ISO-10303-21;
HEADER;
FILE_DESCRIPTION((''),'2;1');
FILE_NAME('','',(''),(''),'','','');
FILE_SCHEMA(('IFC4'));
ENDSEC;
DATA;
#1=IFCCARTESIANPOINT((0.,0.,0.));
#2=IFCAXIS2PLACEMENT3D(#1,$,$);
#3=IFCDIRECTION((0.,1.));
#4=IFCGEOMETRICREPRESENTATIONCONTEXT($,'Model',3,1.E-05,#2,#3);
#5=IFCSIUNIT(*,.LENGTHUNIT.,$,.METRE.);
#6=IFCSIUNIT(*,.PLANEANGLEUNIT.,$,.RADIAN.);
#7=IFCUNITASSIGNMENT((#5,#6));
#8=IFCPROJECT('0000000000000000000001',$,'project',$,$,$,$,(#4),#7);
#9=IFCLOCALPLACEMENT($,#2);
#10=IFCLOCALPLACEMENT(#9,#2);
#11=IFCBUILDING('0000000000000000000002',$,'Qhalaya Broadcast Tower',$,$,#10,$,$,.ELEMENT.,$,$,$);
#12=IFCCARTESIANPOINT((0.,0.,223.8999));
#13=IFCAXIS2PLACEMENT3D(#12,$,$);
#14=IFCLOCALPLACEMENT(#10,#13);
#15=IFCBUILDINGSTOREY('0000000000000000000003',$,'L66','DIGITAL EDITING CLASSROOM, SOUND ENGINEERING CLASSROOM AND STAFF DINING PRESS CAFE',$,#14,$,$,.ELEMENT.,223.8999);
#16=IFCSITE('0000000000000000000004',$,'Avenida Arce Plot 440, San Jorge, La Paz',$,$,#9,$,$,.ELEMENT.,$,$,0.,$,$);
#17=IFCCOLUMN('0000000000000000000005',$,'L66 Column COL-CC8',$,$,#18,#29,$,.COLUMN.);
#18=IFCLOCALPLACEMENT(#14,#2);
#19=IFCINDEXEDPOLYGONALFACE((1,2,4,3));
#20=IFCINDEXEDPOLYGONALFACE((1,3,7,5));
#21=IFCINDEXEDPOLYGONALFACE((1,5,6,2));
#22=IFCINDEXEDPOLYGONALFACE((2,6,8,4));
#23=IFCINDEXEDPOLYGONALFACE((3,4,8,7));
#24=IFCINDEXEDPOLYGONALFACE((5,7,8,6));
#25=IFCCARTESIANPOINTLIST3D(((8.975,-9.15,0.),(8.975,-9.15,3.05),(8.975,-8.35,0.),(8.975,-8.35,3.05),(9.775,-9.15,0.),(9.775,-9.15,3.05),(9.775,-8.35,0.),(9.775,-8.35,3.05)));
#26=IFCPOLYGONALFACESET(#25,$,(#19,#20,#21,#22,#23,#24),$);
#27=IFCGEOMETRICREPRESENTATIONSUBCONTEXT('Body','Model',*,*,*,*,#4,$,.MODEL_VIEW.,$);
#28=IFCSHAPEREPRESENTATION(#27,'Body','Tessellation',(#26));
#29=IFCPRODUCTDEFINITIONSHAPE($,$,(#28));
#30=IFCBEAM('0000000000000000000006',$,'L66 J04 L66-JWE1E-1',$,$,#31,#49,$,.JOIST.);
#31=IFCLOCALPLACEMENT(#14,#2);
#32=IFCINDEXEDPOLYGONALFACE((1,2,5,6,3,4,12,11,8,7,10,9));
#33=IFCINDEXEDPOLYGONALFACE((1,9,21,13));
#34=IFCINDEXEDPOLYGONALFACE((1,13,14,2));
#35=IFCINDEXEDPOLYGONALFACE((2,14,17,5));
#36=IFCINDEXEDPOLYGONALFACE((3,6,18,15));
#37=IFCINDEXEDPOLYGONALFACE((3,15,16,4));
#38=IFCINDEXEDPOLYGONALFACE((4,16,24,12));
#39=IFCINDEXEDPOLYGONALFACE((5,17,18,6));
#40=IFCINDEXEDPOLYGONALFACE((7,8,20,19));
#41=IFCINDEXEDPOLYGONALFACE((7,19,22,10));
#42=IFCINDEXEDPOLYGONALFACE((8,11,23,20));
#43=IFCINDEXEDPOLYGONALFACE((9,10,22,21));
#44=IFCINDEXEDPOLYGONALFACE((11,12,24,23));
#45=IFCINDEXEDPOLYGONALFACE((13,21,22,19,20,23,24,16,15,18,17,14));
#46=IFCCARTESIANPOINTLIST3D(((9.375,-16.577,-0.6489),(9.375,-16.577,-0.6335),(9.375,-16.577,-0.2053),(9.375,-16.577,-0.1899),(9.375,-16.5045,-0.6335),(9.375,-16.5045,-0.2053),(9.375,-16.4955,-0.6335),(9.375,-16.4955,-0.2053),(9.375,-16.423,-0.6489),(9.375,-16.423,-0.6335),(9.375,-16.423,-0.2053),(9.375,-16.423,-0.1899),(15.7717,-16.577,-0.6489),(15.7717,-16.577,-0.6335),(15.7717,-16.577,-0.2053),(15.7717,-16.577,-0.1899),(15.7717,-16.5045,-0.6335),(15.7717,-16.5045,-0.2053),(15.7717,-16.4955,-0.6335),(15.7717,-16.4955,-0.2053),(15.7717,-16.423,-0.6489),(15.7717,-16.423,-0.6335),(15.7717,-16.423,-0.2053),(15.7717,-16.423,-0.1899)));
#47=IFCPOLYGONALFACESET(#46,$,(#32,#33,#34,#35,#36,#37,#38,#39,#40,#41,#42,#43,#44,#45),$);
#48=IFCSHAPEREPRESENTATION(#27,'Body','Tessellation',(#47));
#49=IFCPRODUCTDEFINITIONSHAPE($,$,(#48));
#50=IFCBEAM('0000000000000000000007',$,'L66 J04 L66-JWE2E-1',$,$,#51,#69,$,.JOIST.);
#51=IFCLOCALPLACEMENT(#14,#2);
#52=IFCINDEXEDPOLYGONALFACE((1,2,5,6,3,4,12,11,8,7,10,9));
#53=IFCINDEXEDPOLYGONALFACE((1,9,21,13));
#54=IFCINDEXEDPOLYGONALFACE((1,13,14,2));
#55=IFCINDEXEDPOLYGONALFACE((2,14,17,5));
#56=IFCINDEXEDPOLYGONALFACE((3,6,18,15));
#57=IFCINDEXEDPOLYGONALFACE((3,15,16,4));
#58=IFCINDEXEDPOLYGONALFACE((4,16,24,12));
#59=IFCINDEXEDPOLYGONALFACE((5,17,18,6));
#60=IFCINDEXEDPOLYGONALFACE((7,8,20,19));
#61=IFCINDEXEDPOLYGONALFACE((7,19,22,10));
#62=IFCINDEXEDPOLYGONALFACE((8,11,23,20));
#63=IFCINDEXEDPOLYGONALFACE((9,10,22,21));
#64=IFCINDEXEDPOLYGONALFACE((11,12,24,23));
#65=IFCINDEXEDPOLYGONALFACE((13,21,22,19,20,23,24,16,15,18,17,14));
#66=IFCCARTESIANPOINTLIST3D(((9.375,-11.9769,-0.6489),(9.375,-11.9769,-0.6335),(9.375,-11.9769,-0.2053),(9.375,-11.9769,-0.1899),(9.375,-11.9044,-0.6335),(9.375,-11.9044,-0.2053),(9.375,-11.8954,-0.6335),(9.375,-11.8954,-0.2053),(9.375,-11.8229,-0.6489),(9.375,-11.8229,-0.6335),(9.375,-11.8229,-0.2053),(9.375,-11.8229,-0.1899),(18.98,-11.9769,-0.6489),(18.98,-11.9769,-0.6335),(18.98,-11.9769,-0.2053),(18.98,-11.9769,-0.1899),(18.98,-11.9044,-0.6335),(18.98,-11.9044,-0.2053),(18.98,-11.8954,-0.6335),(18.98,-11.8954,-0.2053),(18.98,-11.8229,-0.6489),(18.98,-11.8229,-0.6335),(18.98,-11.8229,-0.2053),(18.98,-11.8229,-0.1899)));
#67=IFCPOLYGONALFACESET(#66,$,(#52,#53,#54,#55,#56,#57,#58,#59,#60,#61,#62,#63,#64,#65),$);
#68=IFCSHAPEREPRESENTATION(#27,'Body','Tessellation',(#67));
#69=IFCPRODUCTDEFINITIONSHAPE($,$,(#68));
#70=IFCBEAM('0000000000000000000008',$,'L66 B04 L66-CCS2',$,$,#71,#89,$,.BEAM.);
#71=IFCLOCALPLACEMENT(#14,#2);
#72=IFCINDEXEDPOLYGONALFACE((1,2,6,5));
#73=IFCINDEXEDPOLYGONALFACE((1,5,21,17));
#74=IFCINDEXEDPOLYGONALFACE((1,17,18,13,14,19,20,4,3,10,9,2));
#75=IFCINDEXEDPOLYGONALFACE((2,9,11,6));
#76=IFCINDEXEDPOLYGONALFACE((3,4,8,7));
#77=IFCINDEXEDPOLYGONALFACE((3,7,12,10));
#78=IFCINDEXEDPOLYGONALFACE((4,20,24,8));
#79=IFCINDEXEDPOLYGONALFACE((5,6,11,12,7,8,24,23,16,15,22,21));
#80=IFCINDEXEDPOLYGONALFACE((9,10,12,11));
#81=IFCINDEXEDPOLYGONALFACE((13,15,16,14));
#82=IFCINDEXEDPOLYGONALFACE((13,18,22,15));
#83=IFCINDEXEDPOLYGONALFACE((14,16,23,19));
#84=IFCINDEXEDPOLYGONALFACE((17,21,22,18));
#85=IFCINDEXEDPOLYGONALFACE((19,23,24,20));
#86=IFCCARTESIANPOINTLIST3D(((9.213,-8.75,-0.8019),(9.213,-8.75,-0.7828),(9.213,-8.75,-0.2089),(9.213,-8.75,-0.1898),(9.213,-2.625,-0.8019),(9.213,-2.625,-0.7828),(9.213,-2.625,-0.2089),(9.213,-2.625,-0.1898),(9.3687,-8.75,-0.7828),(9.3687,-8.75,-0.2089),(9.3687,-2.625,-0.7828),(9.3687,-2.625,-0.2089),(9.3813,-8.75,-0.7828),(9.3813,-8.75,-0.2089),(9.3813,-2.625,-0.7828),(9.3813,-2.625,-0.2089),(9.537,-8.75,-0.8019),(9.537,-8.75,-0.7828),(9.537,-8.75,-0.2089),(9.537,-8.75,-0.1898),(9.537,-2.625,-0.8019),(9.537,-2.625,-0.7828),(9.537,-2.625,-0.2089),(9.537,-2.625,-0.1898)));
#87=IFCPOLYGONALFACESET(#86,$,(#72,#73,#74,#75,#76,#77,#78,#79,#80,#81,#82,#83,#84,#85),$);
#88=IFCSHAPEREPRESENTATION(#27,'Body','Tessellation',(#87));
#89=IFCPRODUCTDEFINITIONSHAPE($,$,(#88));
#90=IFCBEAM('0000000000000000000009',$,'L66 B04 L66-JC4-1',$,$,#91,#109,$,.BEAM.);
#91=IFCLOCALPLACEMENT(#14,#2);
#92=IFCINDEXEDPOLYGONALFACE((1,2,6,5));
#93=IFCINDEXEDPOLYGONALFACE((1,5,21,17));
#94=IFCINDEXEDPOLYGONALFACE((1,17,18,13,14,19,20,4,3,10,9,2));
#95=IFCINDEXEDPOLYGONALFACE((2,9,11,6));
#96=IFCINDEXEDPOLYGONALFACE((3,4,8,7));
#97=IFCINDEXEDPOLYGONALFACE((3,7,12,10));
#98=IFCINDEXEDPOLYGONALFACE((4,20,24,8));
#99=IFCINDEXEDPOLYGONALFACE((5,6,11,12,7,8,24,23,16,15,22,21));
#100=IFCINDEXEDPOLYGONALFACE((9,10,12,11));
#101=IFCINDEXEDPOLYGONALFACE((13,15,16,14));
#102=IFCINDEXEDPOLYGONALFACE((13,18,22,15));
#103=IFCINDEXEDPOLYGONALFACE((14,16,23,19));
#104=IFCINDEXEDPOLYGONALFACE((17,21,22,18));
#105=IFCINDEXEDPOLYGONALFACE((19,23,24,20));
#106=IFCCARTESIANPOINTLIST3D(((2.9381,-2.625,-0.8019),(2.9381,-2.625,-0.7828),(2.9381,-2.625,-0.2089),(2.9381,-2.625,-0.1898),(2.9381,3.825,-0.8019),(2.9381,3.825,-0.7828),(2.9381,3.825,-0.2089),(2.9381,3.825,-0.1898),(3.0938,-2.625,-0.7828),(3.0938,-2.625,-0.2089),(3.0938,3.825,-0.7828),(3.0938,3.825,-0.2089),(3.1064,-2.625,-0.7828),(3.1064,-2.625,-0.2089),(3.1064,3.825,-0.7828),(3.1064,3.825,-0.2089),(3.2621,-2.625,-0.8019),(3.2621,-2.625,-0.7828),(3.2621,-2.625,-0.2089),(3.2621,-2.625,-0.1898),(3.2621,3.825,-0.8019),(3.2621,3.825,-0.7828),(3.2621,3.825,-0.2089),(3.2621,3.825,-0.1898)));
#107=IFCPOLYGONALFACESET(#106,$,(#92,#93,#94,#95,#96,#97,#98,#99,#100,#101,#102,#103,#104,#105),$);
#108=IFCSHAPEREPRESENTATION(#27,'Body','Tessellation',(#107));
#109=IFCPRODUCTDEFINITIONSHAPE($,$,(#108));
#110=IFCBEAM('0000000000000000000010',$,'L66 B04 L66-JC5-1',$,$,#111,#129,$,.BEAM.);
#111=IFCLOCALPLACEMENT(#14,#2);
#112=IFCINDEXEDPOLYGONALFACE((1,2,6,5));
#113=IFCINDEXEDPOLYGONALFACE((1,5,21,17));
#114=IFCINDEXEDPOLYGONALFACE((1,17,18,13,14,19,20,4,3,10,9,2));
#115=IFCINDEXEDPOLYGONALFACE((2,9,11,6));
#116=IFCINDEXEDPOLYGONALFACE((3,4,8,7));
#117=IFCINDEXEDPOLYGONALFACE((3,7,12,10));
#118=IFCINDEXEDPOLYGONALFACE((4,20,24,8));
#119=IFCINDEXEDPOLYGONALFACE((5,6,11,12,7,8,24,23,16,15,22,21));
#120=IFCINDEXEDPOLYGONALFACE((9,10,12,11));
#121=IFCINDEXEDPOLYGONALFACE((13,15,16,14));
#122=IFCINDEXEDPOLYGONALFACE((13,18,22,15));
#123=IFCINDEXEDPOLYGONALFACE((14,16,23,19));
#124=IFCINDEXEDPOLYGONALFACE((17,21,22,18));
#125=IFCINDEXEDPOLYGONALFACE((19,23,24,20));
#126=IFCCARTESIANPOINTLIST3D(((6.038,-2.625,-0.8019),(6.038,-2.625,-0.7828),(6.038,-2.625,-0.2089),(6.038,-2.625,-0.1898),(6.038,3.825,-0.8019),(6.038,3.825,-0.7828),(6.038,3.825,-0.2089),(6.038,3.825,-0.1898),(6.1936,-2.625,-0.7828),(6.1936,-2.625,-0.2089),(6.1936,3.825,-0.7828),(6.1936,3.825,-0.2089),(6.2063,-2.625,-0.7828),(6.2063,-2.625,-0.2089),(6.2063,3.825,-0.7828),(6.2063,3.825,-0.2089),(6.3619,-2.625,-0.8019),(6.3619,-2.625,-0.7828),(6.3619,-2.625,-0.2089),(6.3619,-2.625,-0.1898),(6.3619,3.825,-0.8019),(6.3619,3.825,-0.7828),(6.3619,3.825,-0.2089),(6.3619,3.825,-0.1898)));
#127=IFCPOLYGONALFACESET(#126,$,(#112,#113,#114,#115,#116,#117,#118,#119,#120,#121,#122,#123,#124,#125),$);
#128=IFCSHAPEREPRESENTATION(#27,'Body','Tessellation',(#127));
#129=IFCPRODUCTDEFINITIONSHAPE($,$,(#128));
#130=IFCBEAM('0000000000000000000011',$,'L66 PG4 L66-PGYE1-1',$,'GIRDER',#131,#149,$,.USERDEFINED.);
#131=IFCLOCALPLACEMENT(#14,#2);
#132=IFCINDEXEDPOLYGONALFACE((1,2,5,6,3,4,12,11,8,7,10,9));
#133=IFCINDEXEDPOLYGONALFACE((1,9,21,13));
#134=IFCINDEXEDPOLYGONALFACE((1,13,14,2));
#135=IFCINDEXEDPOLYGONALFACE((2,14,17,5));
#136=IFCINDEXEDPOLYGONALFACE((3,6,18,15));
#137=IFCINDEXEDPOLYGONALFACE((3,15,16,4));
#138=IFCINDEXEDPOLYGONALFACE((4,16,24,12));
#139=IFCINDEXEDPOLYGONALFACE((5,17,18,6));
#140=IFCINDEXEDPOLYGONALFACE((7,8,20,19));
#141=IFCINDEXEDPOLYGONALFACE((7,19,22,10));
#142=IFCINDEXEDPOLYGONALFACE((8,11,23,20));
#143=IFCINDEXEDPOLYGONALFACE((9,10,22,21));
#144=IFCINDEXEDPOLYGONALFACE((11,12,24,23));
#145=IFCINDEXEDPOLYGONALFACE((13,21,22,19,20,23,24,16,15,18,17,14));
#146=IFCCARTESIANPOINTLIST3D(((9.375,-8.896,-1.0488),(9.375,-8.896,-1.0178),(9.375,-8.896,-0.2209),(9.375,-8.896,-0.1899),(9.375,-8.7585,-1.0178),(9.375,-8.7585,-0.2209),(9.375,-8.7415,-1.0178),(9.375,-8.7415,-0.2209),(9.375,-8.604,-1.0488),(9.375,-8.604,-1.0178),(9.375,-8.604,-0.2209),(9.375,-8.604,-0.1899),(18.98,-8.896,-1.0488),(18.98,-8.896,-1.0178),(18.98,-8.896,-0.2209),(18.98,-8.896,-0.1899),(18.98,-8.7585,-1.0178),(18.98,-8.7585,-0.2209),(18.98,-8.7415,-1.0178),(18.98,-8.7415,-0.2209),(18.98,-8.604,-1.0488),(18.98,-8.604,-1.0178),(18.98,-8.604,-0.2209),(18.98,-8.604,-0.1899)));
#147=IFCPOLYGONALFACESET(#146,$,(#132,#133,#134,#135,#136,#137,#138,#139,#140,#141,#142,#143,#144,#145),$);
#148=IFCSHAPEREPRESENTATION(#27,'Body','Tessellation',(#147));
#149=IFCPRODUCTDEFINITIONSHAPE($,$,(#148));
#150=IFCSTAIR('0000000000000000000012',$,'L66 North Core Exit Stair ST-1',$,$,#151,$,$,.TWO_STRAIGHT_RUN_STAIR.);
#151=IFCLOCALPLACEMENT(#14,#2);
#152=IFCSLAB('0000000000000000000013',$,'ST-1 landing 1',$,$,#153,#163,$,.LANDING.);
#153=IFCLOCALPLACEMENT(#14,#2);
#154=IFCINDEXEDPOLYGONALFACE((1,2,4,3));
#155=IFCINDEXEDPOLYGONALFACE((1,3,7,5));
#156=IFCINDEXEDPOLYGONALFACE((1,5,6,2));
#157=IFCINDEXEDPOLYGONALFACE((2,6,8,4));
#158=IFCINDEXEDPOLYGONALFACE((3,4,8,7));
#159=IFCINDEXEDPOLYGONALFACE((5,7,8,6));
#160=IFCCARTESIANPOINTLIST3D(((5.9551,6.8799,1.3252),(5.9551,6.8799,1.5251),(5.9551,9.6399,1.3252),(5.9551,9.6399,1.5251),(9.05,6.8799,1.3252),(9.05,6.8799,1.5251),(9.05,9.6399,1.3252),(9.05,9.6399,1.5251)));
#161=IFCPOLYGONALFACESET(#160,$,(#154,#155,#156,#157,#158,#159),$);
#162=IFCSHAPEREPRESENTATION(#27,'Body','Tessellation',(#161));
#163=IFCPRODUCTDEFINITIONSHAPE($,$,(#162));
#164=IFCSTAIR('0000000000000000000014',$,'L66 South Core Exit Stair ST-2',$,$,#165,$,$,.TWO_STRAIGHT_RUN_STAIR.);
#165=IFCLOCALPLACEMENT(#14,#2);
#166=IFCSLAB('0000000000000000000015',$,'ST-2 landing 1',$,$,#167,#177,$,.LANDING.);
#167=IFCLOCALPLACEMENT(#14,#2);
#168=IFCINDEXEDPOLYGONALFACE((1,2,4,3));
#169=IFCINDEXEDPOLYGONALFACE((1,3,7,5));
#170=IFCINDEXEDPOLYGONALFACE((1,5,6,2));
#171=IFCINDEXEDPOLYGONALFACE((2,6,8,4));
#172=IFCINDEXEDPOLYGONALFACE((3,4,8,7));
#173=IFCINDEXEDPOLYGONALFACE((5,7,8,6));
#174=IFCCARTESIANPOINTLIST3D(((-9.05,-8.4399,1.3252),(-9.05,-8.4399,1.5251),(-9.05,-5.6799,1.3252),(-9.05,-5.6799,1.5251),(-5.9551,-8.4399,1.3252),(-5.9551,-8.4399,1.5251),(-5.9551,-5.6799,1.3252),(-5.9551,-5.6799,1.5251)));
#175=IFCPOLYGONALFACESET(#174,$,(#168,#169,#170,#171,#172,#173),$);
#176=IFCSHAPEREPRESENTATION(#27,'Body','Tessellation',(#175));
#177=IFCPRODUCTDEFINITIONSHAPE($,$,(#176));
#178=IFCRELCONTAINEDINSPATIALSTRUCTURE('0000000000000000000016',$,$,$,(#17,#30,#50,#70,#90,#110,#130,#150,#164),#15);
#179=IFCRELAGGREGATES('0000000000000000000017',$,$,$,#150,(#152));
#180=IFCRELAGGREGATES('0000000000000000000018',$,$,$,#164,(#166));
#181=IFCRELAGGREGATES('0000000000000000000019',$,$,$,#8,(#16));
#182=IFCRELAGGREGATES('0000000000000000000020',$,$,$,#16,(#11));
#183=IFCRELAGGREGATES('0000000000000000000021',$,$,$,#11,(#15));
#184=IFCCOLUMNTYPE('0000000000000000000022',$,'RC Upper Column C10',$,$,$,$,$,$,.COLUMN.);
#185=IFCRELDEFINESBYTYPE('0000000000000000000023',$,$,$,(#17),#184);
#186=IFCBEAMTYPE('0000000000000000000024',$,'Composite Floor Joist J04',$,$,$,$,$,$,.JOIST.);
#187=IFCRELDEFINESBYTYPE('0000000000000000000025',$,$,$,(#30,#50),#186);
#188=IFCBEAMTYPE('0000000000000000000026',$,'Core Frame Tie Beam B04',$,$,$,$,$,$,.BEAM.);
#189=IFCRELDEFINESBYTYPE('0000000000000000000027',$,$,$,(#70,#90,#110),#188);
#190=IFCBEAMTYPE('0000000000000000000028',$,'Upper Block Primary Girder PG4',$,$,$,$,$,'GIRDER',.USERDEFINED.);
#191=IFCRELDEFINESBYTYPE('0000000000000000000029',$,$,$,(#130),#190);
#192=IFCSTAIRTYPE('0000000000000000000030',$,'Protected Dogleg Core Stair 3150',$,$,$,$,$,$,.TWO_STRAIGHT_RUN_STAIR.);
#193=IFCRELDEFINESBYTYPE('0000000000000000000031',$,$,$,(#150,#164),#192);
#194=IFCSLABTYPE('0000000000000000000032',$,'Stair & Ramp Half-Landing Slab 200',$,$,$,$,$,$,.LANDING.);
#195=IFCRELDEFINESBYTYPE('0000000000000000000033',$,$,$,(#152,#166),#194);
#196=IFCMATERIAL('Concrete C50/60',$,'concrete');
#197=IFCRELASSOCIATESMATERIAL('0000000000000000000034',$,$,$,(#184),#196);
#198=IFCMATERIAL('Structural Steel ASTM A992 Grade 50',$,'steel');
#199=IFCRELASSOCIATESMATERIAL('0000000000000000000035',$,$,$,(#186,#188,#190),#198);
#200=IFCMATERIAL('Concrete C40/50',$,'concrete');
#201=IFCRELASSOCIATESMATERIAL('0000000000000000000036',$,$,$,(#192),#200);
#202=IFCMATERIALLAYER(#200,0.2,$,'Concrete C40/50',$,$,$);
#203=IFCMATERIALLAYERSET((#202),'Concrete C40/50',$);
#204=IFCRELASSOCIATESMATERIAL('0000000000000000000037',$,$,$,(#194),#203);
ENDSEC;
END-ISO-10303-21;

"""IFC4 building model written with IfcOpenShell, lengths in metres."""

from ifc_helpers import new_model, si_unit, direction, frame, origin, origin_2d, place, context, subcontext, project, spatial, polyline, rectangle, i_section, outline, extrude, material, layer, layer_set, material_profile, profile_set, type_object, element, aggregate, save


model = new_model("IFC4")

# Units and contexts
model_context = context("Model", 3, precision=1e-05, world=origin(), true_north=direction((0.0, 1.0)))
body_context = subcontext(model_context, "Body", "Model", "MODEL_VIEW")
ifc_project = project(units=[si_unit("LENGTHUNIT", "METRE"), si_unit("PLANEANGLEUNIT", "RADIAN")], contexts=[model_context])

# Site, building, storey
site_placement = place(None, origin())
site = spatial("IfcSite", under=ifc_project, at=site_placement, Name="Avenida Arce Plot 440, San Jorge, La Paz", CompositionType="ELEMENT", RefElevation=0.0)
building_placement = place(site_placement, origin())
building = spatial("IfcBuilding", under=site, at=building_placement, Name="Qhalaya Broadcast Tower", CompositionType="ELEMENT")
storey_placement = place(building_placement, frame((0.0, 0.0, 223.8999)))
storey = spatial("IfcBuildingStorey", under=building, at=storey_placement, Name="L66", Description="DIGITAL EDITING CLASSROOM, SOUND ENGINEERING CLASSROOM AND STAFF DINING PRESS CAFE", CompositionType="ELEMENT", Elevation=223.8999)

# Column
ifc_material_1 = material(Name="Concrete C50/60", Category="concrete")
ifc_material_profile_1 = material_profile(ifc_material_1, rectangle(XDim=0.8, YDim=0.8, at=origin_2d()), Name="RC-COL 800x800")
ifc_profile_set_1 = profile_set([ifc_material_profile_1], Name="Concrete C50/60")
column_type = type_object("IfcColumnType", Name="RC Upper Column C10", PredefinedType="COLUMN", material=ifc_profile_set_1)
column_placement = place(storey_placement, frame((9.375, -8.75, 0.0), z_axis=(0.0, 0.0, 1.0), x_axis=(1.0, 0.0, 0.0)))
element("IfcColumn", 1, at=column_placement, inside=storey, type_object=column_type, Name="L66 Column COL-CC8", PredefinedType="COLUMN", context=body_context, shape_type="SweptSolid", body=[
    extrude(rectangle(XDim=0.8, YDim=0.8, at=origin_2d()), origin(), (0.0, 0.0, 1.0), 3.05),
])

# Beams
ifc_material_2 = material(Name="Structural Steel ASTM A992 Grade 50", Category="steel")
ifc_material_profile_2 = material_profile(ifc_material_2, i_section(OverallWidth=0.1541, OverallDepth=0.459, WebThickness=0.009, FlangeThickness=0.0154, at=origin_2d()), Name="W18X46")
ifc_profile_set_2 = profile_set([ifc_material_profile_2], Name="Structural Steel ASTM A992 Grade 50")
beam_type_1 = type_object("IfcBeamType", Name="Composite Floor Joist J04", PredefinedType="JOIST", material=ifc_profile_set_2)
beam_1_placement = place(storey_placement, frame((9.375, -16.5, -0.4194), z_axis=(1.0, 0.0, 0.0), x_axis=(0.0, 1.0, 0.0)))
element("IfcBeam", 2, at=beam_1_placement, inside=storey, type_object=beam_type_1, Name="L66 J04 L66-JWE1E-1", PredefinedType="JOIST", context=body_context, shape_type="SweptSolid", body=[
    extrude(i_section(OverallWidth=0.1541, OverallDepth=0.459, WebThickness=0.009, FlangeThickness=0.0154, at=origin_2d()), origin(), (0.0, 0.0, 1.0), 6.3967),
])
beam_2_placement = place(storey_placement, frame((9.375, -11.8999, -0.4194), z_axis=(1.0, 0.0, 0.0), x_axis=(0.0, 1.0, 0.0)))
element("IfcBeam", 3, at=beam_2_placement, inside=storey, type_object=beam_type_1, Name="L66 J04 L66-JWE2E-1", PredefinedType="JOIST", context=body_context, shape_type="SweptSolid", body=[
    extrude(i_section(OverallWidth=0.1541, OverallDepth=0.459, WebThickness=0.009, FlangeThickness=0.0154, at=origin_2d()), origin(), (0.0, 0.0, 1.0), 9.605),
])
ifc_material_profile_3 = material_profile(ifc_material_2, i_section(OverallWidth=0.324, OverallDepth=0.6121, WebThickness=0.0127, FlangeThickness=0.019, at=origin_2d()), Name="W24X104")
ifc_profile_set_3 = profile_set([ifc_material_profile_3], Name="Structural Steel ASTM A992 Grade 50")
beam_type_2 = type_object("IfcBeamType", Name="Core Frame Tie Beam B04", PredefinedType="BEAM", material=ifc_profile_set_3)
beam_3_placement = place(storey_placement, frame((9.375, -8.75, -0.4958), z_axis=(0.0, 1.0, 0.0), x_axis=(-1.0, 0.0, 0.0)))
element("IfcBeam", 4, at=beam_3_placement, inside=storey, type_object=beam_type_2, Name="L66 B04 L66-CCS2", PredefinedType="BEAM", context=body_context, shape_type="SweptSolid", body=[
    extrude(i_section(OverallWidth=0.324, OverallDepth=0.6121, WebThickness=0.0127, FlangeThickness=0.019, at=origin_2d()), origin(), (0.0, 0.0, 1.0), 6.125),
])
for number, where, z_axis, x_axis, name in (
    (5, (3.1001, -2.625, -0.4958), (0.0, 1.0, 0.0), (-1.0, 0.0, 0.0), "L66 B04 L66-JC4-1"),
    (6, (6.2, -2.625, -0.4958), (0.0, 1.0, 0.0), (-1.0, 0.0, 0.0), "L66 B04 L66-JC5-1"),
):
    element("IfcBeam", number, at=place(storey_placement, frame(where, z_axis=z_axis, x_axis=x_axis)), inside=storey, type_object=beam_type_2, Name=name, PredefinedType="BEAM", context=body_context, shape_type="SweptSolid", body=[
        extrude(i_section(OverallWidth=0.324, OverallDepth=0.6121, WebThickness=0.0127, FlangeThickness=0.019, at=origin_2d()), origin(), (0.0, 0.0, 1.0), 6.45),
    ])
ifc_material_profile_4 = material_profile(ifc_material_2, i_section(OverallWidth=0.292, OverallDepth=0.8589, WebThickness=0.0171, FlangeThickness=0.031, at=origin_2d()), Name="W33X169")
ifc_profile_set_4 = profile_set([ifc_material_profile_4], Name="Structural Steel ASTM A992 Grade 50")
beam_type_3 = type_object("IfcBeamType", Name="Upper Block Primary Girder PG4", ElementType="GIRDER", PredefinedType="USERDEFINED", material=ifc_profile_set_4)
beam_4_placement = place(storey_placement, frame((9.375, -8.75, -0.6194), z_axis=(1.0, 0.0, 0.0), x_axis=(0.0, 1.0, 0.0)))
element("IfcBeam", 7, at=beam_4_placement, inside=storey, type_object=beam_type_3, Name="L66 PG4 L66-PGYE1-1", ObjectType="GIRDER", PredefinedType="USERDEFINED", context=body_context, shape_type="SweptSolid", body=[
    extrude(i_section(OverallWidth=0.292, OverallDepth=0.8589, WebThickness=0.0171, FlangeThickness=0.031, at=origin_2d()), origin(), (0.0, 0.0, 1.0), 9.605),
])

# Stairs, slabs
ifc_material_3 = material(Name="Concrete C40/50", Category="concrete")
stair_type = type_object("IfcStairType", Name="Protected Dogleg Core Stair 3150", PredefinedType="TWO_STRAIGHT_RUN_STAIR", material=ifc_material_3)
stair_1_placement = place(storey_placement, origin())
stair_1 = element("IfcStair", 8, at=stair_1_placement, inside=storey, type_object=stair_type, Name="L66 North Core Exit Stair ST-1", PredefinedType="TWO_STRAIGHT_RUN_STAIR")
ifc_layer_1 = layer(ifc_material_3, 0.2, Name="Concrete C40/50")
ifc_layer_set_1 = layer_set([ifc_layer_1], Name="Concrete C40/50")
slab_type_1 = type_object("IfcSlabType", Name="Stair & Ramp Half-Landing Slab 200", PredefinedType="LANDING", material=ifc_layer_set_1)
slab_1_placement = place(storey_placement, frame((0.0, 0.0, 1.3252)))
slab_1 = element("IfcSlab", 9, at=slab_1_placement, type_object=slab_type_1, Name="ST-1 landing 1", PredefinedType="LANDING", context=body_context, shape_type="SweptSolid", body=[
    extrude(outline(polyline([(5.9551, 6.8799), (9.05, 6.8799), (9.05, 9.6399), (5.9551, 9.6399), (5.9551, 6.8799)])), origin(), (0.0, 0.0, 1.0), 0.2),
])
aggregate(stair_1, [slab_1])
stair_2_placement = place(storey_placement, origin())
stair_2 = element("IfcStair", 10, at=stair_2_placement, inside=storey, type_object=stair_type, Name="L66 South Core Exit Stair ST-2", PredefinedType="TWO_STRAIGHT_RUN_STAIR")
slab_2_placement = place(storey_placement, frame((0.0, 0.0, 1.3252)))
slab_2 = element("IfcSlab", 11, at=slab_2_placement, type_object=slab_type_1, Name="ST-2 landing 1", PredefinedType="LANDING", context=body_context, shape_type="SweptSolid", body=[
    extrude(outline(polyline([(-5.9551, -5.6799), (-9.05, -5.6799), (-9.05, -8.4399), (-5.9551, -8.4399), (-5.9551, -5.6799)])), origin(), (0.0, 0.0, 1.0), 0.2),
])
aggregate(stair_2, [slab_2])

save(model, "model.ifc")
